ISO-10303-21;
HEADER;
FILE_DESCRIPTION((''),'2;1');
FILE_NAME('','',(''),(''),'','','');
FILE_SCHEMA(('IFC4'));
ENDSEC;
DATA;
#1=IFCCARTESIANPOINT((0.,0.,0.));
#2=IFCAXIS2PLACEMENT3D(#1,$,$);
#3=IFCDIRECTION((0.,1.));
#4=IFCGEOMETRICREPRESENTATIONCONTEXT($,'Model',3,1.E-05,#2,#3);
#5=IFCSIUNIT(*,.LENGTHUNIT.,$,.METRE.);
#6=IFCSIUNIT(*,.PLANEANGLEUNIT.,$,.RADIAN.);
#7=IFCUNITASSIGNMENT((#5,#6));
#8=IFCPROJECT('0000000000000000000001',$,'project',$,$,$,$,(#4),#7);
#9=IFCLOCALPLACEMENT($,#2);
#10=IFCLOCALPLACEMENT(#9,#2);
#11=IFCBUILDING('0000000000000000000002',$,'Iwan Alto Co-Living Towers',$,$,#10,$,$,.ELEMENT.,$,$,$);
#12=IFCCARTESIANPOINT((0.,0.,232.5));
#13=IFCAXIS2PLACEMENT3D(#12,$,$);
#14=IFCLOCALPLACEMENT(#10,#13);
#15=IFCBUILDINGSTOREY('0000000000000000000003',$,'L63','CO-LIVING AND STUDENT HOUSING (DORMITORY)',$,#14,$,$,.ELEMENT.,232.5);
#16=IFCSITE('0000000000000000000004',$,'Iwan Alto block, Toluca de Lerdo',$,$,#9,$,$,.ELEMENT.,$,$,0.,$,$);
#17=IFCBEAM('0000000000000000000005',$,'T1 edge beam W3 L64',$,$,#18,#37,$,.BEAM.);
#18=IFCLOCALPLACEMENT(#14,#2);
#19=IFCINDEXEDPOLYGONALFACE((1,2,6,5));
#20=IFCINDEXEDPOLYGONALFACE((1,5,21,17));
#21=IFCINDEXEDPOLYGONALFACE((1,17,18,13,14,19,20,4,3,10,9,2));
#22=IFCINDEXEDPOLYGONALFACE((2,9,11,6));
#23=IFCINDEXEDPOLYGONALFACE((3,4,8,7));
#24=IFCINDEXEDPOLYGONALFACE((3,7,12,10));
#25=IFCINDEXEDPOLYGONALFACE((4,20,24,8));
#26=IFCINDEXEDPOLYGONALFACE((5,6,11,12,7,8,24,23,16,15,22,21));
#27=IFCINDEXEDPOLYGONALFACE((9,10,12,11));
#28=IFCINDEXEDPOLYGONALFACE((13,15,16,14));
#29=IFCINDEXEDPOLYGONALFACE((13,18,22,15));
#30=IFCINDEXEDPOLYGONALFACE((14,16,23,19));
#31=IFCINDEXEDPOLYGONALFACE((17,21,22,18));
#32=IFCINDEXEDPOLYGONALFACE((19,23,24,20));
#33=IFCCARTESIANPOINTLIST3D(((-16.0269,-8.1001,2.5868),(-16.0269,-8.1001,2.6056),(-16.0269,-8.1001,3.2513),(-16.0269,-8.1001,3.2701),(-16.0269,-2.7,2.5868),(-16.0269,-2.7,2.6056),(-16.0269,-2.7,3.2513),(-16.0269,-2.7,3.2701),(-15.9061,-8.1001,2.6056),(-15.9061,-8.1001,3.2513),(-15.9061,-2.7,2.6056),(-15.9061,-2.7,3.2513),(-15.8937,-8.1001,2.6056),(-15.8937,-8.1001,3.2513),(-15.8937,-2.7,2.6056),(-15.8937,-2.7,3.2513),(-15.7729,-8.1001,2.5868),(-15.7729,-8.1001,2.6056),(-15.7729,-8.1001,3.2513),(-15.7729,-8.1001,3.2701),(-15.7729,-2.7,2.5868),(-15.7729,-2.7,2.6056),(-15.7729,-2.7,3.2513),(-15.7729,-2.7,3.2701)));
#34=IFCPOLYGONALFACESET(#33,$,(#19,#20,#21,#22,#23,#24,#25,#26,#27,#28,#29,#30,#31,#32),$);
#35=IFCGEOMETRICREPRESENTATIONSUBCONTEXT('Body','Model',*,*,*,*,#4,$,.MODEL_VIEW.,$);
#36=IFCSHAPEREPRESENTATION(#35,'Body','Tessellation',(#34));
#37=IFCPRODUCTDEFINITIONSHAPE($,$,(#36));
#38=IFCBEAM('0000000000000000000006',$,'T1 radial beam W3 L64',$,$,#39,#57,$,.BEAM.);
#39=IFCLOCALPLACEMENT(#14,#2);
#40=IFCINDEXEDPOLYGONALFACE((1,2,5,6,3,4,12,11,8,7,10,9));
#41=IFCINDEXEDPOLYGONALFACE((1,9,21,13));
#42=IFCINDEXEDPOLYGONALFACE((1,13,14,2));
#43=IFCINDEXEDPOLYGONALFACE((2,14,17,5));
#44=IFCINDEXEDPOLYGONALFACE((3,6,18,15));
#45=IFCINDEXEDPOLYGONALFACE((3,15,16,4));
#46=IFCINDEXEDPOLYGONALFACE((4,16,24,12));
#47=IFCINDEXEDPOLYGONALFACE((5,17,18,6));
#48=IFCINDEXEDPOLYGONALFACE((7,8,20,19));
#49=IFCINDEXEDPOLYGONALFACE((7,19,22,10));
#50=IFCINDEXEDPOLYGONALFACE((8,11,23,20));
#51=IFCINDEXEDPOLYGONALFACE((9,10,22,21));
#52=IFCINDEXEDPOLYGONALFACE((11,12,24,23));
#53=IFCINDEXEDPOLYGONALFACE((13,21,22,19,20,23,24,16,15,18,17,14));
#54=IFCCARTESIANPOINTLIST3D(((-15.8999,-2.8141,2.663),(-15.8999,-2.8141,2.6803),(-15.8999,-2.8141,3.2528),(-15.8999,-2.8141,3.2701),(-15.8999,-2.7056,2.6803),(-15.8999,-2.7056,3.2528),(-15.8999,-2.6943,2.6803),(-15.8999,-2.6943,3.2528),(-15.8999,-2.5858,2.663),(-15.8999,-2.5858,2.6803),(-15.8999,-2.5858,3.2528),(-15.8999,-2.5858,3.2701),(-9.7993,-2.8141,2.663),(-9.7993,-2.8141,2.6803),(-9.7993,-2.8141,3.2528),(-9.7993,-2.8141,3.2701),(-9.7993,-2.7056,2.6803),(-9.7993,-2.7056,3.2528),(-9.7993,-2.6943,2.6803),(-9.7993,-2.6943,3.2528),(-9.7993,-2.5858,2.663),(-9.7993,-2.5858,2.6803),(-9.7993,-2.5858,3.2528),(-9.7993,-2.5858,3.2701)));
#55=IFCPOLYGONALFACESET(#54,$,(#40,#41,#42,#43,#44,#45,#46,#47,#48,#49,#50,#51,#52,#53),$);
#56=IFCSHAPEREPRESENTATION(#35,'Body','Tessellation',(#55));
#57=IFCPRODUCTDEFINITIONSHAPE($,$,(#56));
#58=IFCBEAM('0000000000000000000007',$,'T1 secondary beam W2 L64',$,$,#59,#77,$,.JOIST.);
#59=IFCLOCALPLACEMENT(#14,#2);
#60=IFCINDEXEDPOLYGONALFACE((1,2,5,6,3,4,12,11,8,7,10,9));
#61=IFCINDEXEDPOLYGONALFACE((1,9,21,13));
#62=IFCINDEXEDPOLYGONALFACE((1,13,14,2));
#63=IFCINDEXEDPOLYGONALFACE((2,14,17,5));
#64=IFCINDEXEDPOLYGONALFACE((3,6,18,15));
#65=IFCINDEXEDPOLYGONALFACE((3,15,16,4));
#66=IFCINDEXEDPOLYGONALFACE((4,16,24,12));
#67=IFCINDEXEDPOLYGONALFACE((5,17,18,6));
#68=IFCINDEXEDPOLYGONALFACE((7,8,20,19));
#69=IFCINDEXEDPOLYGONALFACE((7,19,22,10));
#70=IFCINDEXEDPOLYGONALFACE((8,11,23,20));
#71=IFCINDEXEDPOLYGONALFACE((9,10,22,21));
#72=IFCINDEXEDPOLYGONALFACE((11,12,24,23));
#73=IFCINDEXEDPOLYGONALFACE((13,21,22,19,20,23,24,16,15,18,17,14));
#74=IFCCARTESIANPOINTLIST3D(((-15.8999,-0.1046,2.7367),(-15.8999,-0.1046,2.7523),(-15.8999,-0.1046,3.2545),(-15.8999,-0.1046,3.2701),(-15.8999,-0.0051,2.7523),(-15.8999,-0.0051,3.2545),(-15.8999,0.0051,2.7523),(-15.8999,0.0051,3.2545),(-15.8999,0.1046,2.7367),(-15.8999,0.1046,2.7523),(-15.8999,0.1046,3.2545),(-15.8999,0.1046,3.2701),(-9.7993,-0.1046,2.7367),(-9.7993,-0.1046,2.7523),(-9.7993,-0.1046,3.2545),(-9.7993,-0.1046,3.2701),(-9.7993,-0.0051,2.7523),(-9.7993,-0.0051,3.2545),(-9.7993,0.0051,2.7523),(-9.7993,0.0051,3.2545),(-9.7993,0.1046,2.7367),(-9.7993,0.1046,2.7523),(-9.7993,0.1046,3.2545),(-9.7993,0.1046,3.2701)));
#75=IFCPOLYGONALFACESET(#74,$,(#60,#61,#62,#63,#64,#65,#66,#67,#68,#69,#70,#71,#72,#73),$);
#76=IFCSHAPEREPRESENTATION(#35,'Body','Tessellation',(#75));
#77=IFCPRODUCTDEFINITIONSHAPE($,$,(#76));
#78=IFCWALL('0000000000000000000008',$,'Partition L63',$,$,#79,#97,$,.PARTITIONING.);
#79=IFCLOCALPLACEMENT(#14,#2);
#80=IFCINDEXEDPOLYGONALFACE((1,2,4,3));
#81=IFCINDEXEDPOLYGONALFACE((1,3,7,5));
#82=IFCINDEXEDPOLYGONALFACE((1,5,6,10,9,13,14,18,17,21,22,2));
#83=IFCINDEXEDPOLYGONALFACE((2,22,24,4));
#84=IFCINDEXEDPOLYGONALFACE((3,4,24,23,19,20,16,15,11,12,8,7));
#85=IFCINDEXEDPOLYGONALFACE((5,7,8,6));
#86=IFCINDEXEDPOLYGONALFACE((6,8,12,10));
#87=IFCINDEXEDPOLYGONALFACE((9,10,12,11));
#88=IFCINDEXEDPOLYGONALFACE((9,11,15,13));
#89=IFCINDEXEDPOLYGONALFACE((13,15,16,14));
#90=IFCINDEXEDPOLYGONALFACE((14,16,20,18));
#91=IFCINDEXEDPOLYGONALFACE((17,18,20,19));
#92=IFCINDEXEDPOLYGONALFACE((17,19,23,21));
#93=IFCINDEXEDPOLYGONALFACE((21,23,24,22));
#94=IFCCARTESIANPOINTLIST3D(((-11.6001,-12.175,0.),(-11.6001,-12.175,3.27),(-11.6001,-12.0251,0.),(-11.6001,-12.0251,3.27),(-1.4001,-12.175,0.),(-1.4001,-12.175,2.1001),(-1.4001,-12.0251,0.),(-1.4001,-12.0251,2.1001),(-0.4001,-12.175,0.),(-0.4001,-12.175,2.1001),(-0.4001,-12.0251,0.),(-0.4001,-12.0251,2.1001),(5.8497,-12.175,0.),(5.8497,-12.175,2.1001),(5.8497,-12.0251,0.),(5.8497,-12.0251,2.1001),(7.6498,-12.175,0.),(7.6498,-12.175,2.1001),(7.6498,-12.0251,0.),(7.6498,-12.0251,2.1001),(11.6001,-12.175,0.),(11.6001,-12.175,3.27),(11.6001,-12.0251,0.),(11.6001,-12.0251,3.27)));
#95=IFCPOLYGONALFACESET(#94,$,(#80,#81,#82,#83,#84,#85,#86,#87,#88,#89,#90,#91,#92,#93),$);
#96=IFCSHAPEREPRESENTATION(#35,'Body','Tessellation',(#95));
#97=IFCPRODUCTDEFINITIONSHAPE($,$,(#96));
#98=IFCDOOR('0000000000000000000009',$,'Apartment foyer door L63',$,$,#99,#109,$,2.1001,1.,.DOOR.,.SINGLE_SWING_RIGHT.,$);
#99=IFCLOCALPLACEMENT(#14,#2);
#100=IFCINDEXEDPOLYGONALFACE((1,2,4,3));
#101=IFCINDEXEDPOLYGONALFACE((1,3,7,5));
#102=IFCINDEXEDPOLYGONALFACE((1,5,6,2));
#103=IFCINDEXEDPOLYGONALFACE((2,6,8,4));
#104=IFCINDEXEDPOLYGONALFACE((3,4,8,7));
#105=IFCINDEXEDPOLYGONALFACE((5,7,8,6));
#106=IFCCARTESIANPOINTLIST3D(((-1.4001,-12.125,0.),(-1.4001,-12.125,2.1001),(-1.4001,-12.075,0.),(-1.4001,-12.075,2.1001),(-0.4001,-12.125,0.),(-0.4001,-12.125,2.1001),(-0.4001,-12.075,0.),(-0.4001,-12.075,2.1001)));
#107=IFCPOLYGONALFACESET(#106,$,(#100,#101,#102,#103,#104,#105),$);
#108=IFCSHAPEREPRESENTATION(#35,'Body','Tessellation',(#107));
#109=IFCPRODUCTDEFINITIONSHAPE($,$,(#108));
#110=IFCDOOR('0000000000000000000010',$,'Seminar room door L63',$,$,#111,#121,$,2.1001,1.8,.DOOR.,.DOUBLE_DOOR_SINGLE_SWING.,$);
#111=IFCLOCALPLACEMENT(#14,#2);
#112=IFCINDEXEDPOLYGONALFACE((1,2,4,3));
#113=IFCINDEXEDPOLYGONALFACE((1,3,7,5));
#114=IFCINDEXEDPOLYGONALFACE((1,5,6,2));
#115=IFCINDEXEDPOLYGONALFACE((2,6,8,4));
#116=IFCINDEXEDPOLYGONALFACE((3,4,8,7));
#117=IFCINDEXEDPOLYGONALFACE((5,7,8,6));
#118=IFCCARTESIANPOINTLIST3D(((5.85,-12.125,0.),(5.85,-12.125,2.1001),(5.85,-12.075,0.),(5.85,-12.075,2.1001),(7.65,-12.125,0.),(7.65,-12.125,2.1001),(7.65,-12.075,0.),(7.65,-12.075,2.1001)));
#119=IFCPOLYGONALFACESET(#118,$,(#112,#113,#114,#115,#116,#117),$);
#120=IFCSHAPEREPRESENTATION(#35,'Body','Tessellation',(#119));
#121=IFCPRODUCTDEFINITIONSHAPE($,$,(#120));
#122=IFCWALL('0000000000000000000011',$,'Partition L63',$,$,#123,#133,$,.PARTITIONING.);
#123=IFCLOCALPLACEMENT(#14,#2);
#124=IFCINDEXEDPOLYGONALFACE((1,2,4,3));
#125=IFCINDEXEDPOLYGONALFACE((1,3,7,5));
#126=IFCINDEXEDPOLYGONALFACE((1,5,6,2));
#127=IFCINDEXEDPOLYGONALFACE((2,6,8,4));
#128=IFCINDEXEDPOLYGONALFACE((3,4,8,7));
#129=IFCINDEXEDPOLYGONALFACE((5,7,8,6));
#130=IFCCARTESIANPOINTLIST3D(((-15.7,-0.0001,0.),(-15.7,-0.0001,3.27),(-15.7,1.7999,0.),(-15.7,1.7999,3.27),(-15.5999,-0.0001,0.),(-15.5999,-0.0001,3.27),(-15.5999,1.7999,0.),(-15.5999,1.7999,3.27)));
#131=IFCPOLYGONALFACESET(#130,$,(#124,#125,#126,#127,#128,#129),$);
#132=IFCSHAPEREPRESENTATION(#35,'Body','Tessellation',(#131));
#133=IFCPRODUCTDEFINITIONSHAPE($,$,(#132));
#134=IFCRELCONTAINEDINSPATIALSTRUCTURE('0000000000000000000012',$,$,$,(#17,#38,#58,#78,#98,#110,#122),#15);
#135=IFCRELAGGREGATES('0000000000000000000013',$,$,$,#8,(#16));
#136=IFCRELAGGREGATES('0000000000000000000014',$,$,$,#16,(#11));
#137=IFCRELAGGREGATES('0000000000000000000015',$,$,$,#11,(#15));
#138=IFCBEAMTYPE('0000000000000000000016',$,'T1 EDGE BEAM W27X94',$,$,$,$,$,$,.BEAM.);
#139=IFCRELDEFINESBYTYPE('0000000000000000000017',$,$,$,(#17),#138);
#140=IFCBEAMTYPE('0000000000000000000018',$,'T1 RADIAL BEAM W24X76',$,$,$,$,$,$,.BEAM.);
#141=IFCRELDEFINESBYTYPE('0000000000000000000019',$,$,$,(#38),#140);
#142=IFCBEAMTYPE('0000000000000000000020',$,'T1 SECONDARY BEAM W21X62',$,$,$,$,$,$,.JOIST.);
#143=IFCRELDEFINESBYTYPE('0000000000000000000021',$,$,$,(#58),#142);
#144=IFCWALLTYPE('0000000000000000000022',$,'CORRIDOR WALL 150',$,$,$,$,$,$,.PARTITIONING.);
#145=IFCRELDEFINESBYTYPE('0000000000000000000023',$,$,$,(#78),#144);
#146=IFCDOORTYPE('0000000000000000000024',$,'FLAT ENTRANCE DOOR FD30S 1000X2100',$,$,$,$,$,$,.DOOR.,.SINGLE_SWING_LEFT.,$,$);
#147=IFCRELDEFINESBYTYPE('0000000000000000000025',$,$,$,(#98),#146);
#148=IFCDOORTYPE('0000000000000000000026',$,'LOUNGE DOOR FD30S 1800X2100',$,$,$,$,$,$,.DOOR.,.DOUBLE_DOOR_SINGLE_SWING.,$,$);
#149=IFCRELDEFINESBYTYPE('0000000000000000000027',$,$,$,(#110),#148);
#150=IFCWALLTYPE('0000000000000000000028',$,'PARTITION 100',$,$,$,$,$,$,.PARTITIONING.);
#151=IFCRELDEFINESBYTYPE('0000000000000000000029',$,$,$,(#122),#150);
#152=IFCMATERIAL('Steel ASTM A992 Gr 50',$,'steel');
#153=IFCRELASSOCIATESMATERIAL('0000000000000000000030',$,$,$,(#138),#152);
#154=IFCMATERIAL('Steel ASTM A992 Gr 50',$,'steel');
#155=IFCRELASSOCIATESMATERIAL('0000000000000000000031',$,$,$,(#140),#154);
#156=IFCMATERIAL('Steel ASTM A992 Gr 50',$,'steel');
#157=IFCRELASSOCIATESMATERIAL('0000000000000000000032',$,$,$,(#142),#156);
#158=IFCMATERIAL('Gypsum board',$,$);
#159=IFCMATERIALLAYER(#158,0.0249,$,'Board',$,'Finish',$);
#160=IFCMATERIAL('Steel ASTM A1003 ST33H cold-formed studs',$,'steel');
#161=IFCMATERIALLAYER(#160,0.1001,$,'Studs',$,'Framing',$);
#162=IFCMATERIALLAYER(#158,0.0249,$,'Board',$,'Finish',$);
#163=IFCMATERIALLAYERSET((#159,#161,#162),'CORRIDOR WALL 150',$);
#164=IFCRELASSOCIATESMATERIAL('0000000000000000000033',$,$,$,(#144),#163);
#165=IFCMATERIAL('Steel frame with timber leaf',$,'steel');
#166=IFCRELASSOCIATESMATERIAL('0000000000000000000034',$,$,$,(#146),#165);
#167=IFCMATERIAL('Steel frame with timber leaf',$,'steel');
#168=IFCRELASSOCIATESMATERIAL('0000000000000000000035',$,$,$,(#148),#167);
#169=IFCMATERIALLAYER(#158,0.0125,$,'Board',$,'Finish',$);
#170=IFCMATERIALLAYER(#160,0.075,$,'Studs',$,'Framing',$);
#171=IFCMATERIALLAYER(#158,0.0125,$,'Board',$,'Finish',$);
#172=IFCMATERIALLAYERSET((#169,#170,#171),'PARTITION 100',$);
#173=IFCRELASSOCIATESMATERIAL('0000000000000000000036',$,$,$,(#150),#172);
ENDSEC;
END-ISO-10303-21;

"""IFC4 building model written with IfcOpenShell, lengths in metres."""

from ifc_helpers import new_model, si_unit, direction, frame, frame_2d, origin, origin_2d, place, context, subcontext, project, spatial, rectangle, i_section, extrude, material, layer, layer_set, material_profile, profile_set, type_object, element, fill, save


model = new_model("IFC4")

# Units and contexts
model_context = context("Model", 3, precision=1e-05, world=origin(), true_north=direction((0.0, 1.0)))
body_context = subcontext(model_context, "Body", "Model", "MODEL_VIEW")
ifc_project = project(units=[si_unit("LENGTHUNIT", "METRE"), si_unit("PLANEANGLEUNIT", "RADIAN")], contexts=[model_context])

# Site, building, storey
site_placement = place(None, origin())
site = spatial("IfcSite", under=ifc_project, at=site_placement, Name="Iwan Alto block, Toluca de Lerdo", CompositionType="ELEMENT", RefElevation=0.0)
building_placement = place(site_placement, origin())
building = spatial("IfcBuilding", under=site, at=building_placement, Name="Iwan Alto Co-Living Towers", CompositionType="ELEMENT")
storey_placement = place(building_placement, frame((0.0, 0.0, 232.5)))
storey = spatial("IfcBuildingStorey", under=building, at=storey_placement, Name="L63", Description="CO-LIVING AND STUDENT HOUSING (DORMITORY)", CompositionType="ELEMENT", Elevation=232.5)

# Beams
ifc_material_1 = material(Name="Steel ASTM A992 Gr 50", Category="steel")
ifc_material_profile_1 = material_profile(ifc_material_1, i_section(OverallWidth=0.2539, OverallDepth=0.6833, WebThickness=0.0125, FlangeThickness=0.0188, at=origin_2d()), Name="W27X94")
ifc_profile_set_1 = profile_set([ifc_material_profile_1], Name="Steel ASTM A992 Gr 50")
beam_type_1 = type_object("IfcBeamType", Name="T1 EDGE BEAM W27X94", PredefinedType="BEAM", material=ifc_profile_set_1)
beam_1_placement = place(storey_placement, frame((-15.8999, -2.7, 2.9285), z_axis=(0.0, -1.0, 0.0), x_axis=(1.0, 0.0, 0.0)))
element("IfcBeam", 1, at=beam_1_placement, inside=storey, type_object=beam_type_1, Name="T1 edge beam W3 L64", PredefinedType="BEAM", context=body_context, shape_type="SweptSolid", body=[
    extrude(i_section(OverallWidth=0.2539, OverallDepth=0.6833, WebThickness=0.0125, FlangeThickness=0.0188, at=origin_2d()), origin(), (0.0, 0.0, 1.0), 5.4001),
])
ifc_material_2 = material(Name="Steel ASTM A992 Gr 50", Category="steel")
ifc_material_profile_2 = material_profile(ifc_material_2, i_section(OverallWidth=0.2283, OverallDepth=0.6072, WebThickness=0.0112, FlangeThickness=0.0173, at=origin_2d()), Name="W24X76")
ifc_profile_set_2 = profile_set([ifc_material_profile_2], Name="Steel ASTM A992 Gr 50")
beam_type_2 = type_object("IfcBeamType", Name="T1 RADIAL BEAM W24X76", PredefinedType="BEAM", material=ifc_profile_set_2)
beam_2_placement = place(storey_placement, frame((-15.8999, -2.7, 2.9666), z_axis=(1.0, 0.0, 0.0), x_axis=(0.0, 1.0, 0.0)))
element("IfcBeam", 2, at=beam_2_placement, inside=storey, type_object=beam_type_2, Name="T1 radial beam W3 L64", PredefinedType="BEAM", context=body_context, shape_type="SweptSolid", body=[
    extrude(i_section(OverallWidth=0.2283, OverallDepth=0.6072, WebThickness=0.0112, FlangeThickness=0.0173, at=origin_2d()), origin(), (0.0, 0.0, 1.0), 6.1006),
])
ifc_material_3 = material(Name="Steel ASTM A992 Gr 50", Category="steel")
ifc_material_profile_3 = material_profile(ifc_material_3, i_section(OverallWidth=0.2092, OverallDepth=0.5334, WebThickness=0.0103, FlangeThickness=0.0156, at=origin_2d()), Name="W21X62")
ifc_profile_set_3 = profile_set([ifc_material_profile_3], Name="Steel ASTM A992 Gr 50")
beam_type_3 = type_object("IfcBeamType", Name="T1 SECONDARY BEAM W21X62", PredefinedType="JOIST", material=ifc_profile_set_3)
beam_3_placement = place(storey_placement, frame((-15.8999, 0.0, 3.0034), z_axis=(1.0, 0.0, 0.0), x_axis=(0.0, 1.0, 0.0)))
element("IfcBeam", 3, at=beam_3_placement, inside=storey, type_object=beam_type_3, Name="T1 secondary beam W2 L64", PredefinedType="JOIST", context=body_context, shape_type="SweptSolid", body=[
    extrude(i_section(OverallWidth=0.2092, OverallDepth=0.5334, WebThickness=0.0103, FlangeThickness=0.0156, at=origin_2d()), origin(), (0.0, 0.0, 1.0), 6.1006),
])

# Wall, openings, doors
ifc_material_4 = material(Name="Gypsum board")
ifc_layer_1 = layer(ifc_material_4, 0.0249, Name="Board", Category="Finish")
ifc_material_5 = material(Name="Steel ASTM A1003 ST33H cold-formed studs", Category="steel")
ifc_layer_2 = layer(ifc_material_5, 0.1001, Name="Studs", Category="Framing")
ifc_layer_3 = layer(ifc_material_4, 0.0249, Name="Board", Category="Finish")
ifc_layer_set_1 = layer_set([ifc_layer_1, ifc_layer_2, ifc_layer_3], Name="CORRIDOR WALL 150")
wall_type_1 = type_object("IfcWallType", Name="CORRIDOR WALL 150", PredefinedType="PARTITIONING", material=ifc_layer_set_1)
wall_1_placement = place(storey_placement, frame((-11.6001, -12.1001, 0.0), z_axis=(0.0, 0.0, 1.0), x_axis=(1.0, 0.0, 0.0)))
wall_1 = element("IfcWall", 4, at=wall_1_placement, inside=storey, type_object=wall_type_1, Name="Partition L63", PredefinedType="PARTITIONING", context=body_context, shape_type="SweptSolid", body=[
    extrude(rectangle(XDim=23.2002, YDim=0.1499, at=frame_2d((11.6001, 0.0))), origin(), (0.0, 0.0, 1.0), 3.27),
])
opening_1_placement = place(wall_1_placement, frame((10.2, 0.0, 0.0)))
opening_1 = element("IfcOpeningElement", 5, at=opening_1_placement, cuts=wall_1, PredefinedType="OPENING", context=body_context, shape_type="SweptSolid", body=[
    extrude(rectangle(XDim=1.0, YDim=2.1001, at=frame_2d((0.5, 1.05))), frame((0.0, 0.085, 0.0), z_axis=(0.0, -1.0, 0.0), x_axis=(1.0, 0.0, 0.0)), (0.0, 0.0, 1.0), 0.1699),
])
opening_2_placement = place(wall_1_placement, frame((17.45, 0.0, 0.0)))
opening_2 = element("IfcOpeningElement", 6, at=opening_2_placement, cuts=wall_1, PredefinedType="OPENING", context=body_context, shape_type="SweptSolid", body=[
    extrude(rectangle(XDim=1.8, YDim=2.1001, at=frame_2d((0.8999, 1.05))), frame((0.0, 0.085, 0.0), z_axis=(0.0, -1.0, 0.0), x_axis=(1.0, 0.0, 0.0)), (0.0, 0.0, 1.0), 0.1699),
])
ifc_material_6 = material(Name="Steel frame with timber leaf", Category="steel")
door_type_1 = type_object("IfcDoorType", Name="FLAT ENTRANCE DOOR FD30S 1000X2100", OperationType="SINGLE_SWING_LEFT", PredefinedType="DOOR", material=ifc_material_6)
door_1_placement = place(opening_1_placement, frame((1.0, 0.0, 0.0), z_axis=(0.0, 0.0, 1.0), x_axis=(-1.0, 0.0, 0.0)))
door_1 = element("IfcDoor", 7, at=door_1_placement, inside=storey, type_object=door_type_1, Name="Apartment foyer door L63", OperationType="SINGLE_SWING_RIGHT", OverallHeight=2.1001, OverallWidth=1.0, PredefinedType="DOOR", context=body_context, shape_type="SweptSolid", body=[
    extrude(rectangle(XDim=1.0, YDim=2.1001, at=frame_2d((0.5, 1.05))), frame((0.0, 0.0249, 0.0), z_axis=(0.0, -1.0, 0.0), x_axis=(1.0, 0.0, 0.0)), (0.0, 0.0, 1.0), 0.05),
])
fill(opening_1, door_1)
ifc_material_7 = material(Name="Steel frame with timber leaf", Category="steel")
door_type_2 = type_object("IfcDoorType", Name="LOUNGE DOOR FD30S 1800X2100", OperationType="DOUBLE_DOOR_SINGLE_SWING", PredefinedType="DOOR", material=ifc_material_7)
door_2_placement = place(opening_2_placement, frame((1.8, 0.0, 0.0), z_axis=(0.0, 0.0, 1.0), x_axis=(-1.0, 0.0, 0.0)))
door_2 = element("IfcDoor", 8, at=door_2_placement, inside=storey, type_object=door_type_2, Name="Seminar room door L63", OperationType="DOUBLE_DOOR_SINGLE_SWING", OverallHeight=2.1001, OverallWidth=1.8, PredefinedType="DOOR", context=body_context, shape_type="SweptSolid", body=[
    extrude(rectangle(XDim=1.8, YDim=2.1001, at=frame_2d((0.8999, 1.05))), frame((0.0, 0.0249, 0.0), z_axis=(0.0, -1.0, 0.0), x_axis=(1.0, 0.0, 0.0)), (0.0, 0.0, 1.0), 0.05),
])
fill(opening_2, door_2)

# Wall
ifc_layer_4 = layer(ifc_material_4, 0.0125, Name="Board", Category="Finish")
ifc_layer_5 = layer(ifc_material_5, 0.075, Name="Studs", Category="Framing")
ifc_layer_6 = layer(ifc_material_4, 0.0125, Name="Board", Category="Finish")
ifc_layer_set_2 = layer_set([ifc_layer_4, ifc_layer_5, ifc_layer_6], Name="PARTITION 100")
wall_type_2 = type_object("IfcWallType", Name="PARTITION 100", PredefinedType="PARTITIONING", material=ifc_layer_set_2)
wall_2_placement = place(storey_placement, frame((-15.6499, 0.0, 0.0), z_axis=(0.0, 0.0, 1.0), x_axis=(0.0, 1.0, 0.0)))
element("IfcWall", 9, at=wall_2_placement, inside=storey, type_object=wall_type_2, Name="Partition L63", PredefinedType="PARTITIONING", context=body_context, shape_type="SweptSolid", body=[
    extrude(rectangle(XDim=1.8, YDim=0.1001, at=frame_2d((0.8999, 0.0))), origin(), (0.0, 0.0, 1.0), 3.27),
])

save(model, "model.ifc")
